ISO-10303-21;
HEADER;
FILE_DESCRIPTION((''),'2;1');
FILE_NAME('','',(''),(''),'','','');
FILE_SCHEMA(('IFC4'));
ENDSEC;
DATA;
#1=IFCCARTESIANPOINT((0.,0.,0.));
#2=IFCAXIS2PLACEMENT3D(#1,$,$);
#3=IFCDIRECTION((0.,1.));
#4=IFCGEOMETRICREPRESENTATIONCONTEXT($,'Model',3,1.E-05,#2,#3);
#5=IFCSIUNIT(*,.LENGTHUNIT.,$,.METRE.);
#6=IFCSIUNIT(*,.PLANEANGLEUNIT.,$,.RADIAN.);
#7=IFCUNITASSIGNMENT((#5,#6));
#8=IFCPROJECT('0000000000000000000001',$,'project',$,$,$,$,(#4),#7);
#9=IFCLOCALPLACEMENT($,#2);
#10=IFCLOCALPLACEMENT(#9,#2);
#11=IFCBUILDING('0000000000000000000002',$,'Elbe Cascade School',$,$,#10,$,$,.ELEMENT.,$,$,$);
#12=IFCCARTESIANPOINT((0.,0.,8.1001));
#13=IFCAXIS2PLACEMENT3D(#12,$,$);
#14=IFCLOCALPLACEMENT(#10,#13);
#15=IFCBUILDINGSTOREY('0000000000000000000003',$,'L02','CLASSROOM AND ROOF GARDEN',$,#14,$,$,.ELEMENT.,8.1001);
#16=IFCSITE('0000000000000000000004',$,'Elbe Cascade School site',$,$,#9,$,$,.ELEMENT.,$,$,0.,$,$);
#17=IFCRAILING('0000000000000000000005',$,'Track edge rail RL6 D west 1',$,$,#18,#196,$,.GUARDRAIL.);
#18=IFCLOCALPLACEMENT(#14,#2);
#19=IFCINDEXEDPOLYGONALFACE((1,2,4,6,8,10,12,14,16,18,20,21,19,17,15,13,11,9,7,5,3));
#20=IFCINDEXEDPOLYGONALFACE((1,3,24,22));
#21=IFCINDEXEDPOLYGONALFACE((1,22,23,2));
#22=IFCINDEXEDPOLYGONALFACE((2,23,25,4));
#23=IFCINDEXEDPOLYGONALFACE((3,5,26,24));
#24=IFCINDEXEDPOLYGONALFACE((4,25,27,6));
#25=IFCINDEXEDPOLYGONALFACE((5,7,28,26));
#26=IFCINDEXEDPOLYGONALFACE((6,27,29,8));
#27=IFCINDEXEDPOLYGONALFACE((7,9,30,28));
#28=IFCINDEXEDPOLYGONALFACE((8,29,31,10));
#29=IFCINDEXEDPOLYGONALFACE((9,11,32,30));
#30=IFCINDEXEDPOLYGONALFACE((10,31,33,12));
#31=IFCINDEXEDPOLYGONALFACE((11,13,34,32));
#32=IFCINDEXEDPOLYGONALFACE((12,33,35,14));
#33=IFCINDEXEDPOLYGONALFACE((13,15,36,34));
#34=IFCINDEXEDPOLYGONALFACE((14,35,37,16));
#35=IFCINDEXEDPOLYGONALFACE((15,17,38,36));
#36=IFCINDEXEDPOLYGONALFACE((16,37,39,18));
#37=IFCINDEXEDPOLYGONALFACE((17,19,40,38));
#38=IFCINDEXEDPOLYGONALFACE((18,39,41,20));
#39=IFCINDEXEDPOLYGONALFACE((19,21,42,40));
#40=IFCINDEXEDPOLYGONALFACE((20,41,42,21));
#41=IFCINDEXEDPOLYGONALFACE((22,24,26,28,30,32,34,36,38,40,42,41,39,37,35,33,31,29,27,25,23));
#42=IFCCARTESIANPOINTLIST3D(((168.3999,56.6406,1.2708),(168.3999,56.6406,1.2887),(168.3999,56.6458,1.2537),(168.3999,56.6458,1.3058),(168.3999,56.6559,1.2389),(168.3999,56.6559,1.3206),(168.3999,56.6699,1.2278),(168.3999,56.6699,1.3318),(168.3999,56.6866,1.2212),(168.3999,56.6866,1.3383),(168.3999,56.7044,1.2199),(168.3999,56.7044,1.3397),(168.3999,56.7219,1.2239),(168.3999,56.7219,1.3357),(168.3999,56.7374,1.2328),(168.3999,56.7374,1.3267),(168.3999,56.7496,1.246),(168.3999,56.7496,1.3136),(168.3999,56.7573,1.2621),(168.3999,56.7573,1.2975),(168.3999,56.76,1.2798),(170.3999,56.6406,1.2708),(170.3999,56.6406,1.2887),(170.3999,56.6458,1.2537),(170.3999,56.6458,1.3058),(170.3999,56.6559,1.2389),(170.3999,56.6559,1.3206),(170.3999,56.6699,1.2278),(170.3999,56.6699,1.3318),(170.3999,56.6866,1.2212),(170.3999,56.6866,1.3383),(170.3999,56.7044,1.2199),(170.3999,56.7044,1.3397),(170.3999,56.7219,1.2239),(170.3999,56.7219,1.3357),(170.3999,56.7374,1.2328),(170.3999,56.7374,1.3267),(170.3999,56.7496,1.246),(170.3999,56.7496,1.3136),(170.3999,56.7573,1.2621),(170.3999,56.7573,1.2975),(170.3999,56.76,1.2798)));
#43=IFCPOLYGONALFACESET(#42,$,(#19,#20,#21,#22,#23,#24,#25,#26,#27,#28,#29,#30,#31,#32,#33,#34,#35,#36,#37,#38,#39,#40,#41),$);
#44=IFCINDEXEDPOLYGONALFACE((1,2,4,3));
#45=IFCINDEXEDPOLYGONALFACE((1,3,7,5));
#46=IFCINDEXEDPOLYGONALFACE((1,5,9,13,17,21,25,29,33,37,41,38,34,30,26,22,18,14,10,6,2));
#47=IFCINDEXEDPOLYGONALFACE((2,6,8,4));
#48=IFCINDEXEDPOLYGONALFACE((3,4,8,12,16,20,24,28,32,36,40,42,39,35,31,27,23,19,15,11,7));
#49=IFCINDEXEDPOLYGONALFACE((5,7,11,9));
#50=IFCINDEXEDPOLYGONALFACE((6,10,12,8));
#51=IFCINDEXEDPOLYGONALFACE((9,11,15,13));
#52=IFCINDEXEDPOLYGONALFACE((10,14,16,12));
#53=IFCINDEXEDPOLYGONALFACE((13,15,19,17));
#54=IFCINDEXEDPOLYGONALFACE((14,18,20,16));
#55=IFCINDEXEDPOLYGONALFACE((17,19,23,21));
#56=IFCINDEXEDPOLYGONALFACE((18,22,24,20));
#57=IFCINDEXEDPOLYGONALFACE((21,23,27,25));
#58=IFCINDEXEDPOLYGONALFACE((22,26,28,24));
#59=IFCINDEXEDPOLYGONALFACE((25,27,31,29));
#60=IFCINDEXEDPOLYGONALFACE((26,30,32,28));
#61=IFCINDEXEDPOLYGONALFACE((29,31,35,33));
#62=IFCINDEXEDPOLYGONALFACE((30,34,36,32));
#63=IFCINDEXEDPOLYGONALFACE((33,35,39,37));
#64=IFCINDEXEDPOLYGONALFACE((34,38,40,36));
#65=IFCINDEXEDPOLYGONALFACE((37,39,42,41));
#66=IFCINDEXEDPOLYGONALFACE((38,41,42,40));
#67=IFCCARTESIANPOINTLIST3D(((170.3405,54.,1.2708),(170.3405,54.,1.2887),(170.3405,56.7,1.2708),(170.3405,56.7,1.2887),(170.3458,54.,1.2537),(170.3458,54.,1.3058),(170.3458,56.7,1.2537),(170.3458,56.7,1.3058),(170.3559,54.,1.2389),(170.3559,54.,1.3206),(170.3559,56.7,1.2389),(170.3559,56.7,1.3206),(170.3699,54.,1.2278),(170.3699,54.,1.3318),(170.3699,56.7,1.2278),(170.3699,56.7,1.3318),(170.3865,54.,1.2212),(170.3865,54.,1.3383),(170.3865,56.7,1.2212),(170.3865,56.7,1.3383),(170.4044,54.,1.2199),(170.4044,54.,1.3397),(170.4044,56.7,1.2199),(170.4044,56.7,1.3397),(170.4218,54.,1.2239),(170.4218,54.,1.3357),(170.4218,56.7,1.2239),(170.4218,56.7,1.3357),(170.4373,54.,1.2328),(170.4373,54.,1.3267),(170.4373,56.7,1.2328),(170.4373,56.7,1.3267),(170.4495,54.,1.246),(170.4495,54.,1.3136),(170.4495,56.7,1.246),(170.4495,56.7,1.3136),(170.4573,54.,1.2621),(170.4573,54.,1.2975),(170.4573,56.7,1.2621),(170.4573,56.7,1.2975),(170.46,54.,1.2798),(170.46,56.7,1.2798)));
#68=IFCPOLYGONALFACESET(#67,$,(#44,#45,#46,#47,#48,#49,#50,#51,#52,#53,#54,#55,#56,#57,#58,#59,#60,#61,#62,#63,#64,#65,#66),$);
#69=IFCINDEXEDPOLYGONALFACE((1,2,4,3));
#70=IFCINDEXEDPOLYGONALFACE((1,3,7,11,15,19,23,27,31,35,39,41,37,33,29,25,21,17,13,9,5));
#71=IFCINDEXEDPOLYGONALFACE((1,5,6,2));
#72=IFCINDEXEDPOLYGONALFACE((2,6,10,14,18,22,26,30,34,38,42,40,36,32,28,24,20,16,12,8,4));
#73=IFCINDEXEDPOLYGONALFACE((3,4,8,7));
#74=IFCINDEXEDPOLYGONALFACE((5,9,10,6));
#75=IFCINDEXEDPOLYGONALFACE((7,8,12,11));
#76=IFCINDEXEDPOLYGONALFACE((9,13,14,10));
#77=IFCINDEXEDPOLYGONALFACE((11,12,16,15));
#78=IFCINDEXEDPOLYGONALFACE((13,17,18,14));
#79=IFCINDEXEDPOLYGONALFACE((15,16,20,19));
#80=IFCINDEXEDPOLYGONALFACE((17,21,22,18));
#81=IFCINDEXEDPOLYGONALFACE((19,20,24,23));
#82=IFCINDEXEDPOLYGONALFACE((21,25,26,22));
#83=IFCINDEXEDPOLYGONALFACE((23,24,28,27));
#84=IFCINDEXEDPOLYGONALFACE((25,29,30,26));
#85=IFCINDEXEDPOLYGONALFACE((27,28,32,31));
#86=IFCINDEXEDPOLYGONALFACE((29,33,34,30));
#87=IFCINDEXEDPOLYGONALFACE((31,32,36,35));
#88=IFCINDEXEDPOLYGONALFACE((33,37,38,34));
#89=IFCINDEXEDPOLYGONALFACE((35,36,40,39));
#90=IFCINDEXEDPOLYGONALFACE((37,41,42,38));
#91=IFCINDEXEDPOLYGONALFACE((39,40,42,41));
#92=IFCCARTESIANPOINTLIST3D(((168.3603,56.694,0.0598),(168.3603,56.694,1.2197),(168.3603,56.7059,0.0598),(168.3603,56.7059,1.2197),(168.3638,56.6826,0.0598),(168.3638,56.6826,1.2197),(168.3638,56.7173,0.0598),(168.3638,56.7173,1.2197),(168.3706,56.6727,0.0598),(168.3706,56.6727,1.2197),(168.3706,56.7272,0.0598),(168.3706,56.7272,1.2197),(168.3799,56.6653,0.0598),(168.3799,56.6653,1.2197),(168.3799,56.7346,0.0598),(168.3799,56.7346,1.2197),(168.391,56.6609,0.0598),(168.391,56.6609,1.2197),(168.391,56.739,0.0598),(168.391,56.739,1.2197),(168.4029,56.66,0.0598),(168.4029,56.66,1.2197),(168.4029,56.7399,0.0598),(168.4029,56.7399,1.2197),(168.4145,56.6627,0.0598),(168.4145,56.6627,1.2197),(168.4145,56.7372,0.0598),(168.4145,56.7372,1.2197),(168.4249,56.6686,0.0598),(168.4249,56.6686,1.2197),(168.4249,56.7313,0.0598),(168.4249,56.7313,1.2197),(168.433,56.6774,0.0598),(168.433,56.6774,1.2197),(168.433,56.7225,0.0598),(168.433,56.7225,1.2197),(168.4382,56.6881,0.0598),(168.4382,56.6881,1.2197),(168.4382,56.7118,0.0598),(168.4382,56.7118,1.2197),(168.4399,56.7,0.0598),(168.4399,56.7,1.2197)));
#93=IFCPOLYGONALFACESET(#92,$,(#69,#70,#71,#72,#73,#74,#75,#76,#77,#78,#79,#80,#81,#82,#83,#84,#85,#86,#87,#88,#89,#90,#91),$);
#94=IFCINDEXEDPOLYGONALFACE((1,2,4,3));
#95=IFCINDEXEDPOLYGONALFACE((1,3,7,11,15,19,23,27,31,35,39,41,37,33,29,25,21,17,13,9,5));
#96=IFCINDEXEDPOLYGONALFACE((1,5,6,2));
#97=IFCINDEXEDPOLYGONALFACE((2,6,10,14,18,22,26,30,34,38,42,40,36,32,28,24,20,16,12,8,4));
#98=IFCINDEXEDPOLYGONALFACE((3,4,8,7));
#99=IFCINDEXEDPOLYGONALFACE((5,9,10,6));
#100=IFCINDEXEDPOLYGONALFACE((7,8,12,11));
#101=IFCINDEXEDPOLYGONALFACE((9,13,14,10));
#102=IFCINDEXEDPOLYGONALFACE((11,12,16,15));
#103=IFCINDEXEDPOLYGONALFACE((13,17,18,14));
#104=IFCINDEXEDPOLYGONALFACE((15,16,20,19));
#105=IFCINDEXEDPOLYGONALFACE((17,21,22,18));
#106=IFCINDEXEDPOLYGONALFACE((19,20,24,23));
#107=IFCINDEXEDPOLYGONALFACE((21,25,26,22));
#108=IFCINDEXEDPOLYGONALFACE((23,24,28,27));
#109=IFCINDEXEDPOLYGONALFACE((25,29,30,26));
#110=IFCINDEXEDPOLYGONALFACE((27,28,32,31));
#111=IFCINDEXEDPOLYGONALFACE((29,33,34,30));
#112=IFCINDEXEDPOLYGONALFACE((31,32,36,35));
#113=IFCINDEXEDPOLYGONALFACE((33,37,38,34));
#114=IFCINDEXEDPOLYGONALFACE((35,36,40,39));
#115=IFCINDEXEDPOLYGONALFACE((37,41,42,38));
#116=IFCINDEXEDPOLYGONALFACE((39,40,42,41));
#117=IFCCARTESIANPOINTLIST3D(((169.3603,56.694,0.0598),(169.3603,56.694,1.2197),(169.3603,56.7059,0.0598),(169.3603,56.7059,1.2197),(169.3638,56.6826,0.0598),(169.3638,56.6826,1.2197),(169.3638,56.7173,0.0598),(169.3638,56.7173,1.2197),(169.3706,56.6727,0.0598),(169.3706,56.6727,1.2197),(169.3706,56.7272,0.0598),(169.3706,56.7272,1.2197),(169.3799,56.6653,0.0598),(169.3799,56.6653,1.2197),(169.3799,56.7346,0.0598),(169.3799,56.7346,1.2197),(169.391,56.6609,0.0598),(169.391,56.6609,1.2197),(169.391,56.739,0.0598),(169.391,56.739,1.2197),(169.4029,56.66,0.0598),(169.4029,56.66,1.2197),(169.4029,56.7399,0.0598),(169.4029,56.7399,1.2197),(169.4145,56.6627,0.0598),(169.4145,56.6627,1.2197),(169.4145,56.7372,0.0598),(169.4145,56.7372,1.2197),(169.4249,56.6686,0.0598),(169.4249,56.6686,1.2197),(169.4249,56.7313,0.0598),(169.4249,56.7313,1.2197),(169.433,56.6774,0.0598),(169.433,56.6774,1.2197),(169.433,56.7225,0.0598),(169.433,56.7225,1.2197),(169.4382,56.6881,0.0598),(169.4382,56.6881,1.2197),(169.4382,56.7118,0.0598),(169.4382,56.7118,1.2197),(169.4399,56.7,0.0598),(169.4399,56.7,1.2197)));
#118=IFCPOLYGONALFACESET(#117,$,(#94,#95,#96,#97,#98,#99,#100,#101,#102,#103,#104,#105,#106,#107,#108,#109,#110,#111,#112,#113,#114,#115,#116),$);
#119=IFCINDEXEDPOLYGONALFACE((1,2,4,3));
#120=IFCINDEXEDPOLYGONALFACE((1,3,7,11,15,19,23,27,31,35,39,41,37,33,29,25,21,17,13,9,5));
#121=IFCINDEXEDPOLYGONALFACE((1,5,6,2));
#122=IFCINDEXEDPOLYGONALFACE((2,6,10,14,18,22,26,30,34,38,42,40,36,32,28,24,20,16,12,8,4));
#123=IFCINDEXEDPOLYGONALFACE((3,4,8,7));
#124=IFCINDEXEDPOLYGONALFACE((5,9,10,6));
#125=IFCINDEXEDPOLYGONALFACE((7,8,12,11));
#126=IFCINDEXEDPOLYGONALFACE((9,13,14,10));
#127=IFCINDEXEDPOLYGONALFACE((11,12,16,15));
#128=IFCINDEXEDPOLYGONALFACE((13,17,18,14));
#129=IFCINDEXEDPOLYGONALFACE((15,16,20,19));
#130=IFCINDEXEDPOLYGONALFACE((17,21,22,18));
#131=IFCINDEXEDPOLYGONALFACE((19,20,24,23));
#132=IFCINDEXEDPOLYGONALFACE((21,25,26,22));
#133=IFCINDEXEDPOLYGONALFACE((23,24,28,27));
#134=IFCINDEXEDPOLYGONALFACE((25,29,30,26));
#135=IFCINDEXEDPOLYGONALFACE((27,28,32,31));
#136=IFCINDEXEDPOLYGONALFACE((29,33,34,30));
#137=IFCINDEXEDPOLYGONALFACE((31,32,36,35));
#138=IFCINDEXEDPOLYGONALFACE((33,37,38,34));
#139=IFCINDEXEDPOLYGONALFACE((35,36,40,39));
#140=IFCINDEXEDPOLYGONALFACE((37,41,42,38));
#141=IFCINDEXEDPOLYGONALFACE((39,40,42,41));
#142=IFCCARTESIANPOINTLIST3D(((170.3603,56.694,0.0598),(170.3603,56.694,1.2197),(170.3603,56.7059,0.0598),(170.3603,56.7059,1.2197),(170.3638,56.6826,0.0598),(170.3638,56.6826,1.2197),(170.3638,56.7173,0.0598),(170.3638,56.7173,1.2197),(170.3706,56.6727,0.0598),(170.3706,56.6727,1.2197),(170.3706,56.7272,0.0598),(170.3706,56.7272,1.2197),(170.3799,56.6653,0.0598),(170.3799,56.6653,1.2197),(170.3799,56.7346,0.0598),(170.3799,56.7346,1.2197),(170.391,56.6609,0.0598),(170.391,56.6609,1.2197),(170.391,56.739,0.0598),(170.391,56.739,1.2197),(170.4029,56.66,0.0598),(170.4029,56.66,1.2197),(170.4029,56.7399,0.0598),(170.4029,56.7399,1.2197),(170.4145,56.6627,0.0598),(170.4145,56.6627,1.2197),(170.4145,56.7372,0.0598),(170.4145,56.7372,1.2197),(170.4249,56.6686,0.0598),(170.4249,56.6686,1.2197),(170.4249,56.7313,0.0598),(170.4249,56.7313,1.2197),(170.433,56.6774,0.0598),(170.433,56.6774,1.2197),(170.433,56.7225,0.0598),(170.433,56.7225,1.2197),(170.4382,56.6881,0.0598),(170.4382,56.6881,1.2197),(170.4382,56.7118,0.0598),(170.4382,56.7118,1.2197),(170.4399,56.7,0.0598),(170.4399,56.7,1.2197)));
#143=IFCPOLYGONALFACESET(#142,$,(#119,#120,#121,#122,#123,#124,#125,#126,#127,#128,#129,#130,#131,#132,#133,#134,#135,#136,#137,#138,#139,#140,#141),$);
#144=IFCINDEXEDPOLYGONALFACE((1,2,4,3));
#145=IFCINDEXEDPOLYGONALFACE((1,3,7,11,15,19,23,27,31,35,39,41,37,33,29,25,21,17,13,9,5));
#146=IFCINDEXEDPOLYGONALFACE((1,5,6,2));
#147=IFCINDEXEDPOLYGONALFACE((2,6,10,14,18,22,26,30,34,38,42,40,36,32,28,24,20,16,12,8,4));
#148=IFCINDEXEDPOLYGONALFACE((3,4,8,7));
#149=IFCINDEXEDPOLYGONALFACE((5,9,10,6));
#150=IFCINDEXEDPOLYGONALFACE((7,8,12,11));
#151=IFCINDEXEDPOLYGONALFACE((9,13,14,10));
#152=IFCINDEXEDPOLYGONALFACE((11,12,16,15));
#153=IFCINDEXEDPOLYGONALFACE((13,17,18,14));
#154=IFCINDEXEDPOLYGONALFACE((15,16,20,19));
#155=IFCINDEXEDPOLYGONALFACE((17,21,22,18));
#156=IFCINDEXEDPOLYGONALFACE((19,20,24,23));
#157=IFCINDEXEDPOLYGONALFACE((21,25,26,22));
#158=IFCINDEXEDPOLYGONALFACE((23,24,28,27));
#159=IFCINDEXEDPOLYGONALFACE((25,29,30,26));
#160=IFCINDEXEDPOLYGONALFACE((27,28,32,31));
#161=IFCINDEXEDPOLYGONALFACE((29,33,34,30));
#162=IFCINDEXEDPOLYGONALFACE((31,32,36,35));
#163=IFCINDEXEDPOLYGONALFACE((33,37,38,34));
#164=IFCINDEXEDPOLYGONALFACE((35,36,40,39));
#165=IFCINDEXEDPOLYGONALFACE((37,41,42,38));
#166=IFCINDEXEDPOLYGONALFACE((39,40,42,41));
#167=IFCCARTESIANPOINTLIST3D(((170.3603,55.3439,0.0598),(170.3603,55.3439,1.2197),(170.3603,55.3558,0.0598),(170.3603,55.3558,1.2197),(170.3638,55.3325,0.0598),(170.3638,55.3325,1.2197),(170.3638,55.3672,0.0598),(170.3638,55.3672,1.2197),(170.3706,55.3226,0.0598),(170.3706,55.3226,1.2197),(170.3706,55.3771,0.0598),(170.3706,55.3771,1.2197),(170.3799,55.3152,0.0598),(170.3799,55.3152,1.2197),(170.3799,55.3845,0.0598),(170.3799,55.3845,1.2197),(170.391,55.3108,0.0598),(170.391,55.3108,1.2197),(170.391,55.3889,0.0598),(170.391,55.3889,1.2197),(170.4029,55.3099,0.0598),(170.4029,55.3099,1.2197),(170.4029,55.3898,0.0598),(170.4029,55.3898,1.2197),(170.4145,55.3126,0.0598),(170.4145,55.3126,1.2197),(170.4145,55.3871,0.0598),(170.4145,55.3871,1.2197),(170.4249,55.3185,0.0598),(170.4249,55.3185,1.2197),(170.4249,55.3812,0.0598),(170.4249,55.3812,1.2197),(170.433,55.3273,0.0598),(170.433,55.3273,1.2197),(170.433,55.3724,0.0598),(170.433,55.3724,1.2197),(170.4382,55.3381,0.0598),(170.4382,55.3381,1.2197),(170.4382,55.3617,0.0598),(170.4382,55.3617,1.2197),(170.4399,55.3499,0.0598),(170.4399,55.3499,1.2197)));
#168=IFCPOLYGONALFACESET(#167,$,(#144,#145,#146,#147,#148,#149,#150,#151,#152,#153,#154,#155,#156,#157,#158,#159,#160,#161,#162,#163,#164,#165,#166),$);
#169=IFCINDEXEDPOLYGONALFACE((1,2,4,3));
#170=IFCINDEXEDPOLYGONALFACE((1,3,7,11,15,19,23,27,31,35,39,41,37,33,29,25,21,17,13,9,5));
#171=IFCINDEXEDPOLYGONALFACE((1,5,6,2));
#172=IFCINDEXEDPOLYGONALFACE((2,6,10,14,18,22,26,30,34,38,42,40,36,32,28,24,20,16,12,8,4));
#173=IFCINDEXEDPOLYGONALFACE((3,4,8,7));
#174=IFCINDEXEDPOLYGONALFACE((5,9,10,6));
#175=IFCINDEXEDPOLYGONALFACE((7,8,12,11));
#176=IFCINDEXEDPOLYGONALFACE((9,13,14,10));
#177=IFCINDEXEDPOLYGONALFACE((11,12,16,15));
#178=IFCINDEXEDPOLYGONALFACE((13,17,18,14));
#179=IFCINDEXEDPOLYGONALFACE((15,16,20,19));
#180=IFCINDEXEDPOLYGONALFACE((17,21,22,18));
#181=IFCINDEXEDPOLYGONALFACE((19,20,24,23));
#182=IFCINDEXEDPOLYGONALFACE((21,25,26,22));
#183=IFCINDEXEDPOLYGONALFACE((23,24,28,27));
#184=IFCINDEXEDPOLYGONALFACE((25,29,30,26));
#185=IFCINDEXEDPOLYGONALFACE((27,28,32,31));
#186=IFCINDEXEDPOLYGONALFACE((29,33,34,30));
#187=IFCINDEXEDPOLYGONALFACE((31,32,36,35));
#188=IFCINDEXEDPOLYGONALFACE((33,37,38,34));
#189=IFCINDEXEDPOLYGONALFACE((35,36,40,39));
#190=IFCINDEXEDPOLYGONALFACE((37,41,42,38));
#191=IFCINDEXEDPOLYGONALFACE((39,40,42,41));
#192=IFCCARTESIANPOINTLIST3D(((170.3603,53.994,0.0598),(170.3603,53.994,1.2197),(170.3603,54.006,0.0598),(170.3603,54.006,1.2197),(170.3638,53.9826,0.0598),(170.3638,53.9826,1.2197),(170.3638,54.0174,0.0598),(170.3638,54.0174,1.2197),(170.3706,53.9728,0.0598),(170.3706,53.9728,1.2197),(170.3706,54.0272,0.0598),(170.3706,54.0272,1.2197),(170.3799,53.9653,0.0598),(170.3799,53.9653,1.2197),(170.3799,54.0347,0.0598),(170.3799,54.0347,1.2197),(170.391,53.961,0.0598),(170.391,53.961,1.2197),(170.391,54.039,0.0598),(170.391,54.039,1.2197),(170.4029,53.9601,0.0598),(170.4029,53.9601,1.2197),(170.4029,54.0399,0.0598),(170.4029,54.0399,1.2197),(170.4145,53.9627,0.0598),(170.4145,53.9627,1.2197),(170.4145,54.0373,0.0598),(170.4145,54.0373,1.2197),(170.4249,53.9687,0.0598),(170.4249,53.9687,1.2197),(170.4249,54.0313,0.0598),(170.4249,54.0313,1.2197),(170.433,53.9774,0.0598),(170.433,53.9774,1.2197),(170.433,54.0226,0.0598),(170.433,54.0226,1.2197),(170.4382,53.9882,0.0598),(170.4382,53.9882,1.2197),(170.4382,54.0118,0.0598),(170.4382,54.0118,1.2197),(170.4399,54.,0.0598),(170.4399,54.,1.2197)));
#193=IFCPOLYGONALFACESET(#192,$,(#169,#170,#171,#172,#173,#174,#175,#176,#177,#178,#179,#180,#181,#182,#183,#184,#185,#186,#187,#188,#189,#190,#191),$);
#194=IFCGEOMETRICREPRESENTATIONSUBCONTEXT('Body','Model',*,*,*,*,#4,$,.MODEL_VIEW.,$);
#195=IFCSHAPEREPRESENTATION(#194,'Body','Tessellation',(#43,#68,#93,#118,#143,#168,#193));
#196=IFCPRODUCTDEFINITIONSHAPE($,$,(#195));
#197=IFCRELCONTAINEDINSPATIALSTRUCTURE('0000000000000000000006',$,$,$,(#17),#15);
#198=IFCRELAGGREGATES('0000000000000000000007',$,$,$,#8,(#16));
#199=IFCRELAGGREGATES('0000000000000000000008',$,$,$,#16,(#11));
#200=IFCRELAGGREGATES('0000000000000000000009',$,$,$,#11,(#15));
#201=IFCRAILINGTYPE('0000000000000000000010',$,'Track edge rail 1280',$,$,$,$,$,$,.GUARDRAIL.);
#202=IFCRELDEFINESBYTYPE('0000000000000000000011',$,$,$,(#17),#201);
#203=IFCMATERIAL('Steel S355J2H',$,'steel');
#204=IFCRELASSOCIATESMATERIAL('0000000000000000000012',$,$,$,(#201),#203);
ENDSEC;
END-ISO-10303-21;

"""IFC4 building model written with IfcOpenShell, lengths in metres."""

from ifc_helpers import new_model, si_unit, direction, frame, origin, origin_2d, place, context, subcontext, project, spatial, circle, extrude, material, type_object, element, save


model = new_model("IFC4")

# Units and contexts
model_context = context("Model", 3, precision=1e-05, world=origin(), true_north=direction((0.0, 1.0)))
body_context = subcontext(model_context, "Body", "Model", "MODEL_VIEW")
ifc_project = project(units=[si_unit("LENGTHUNIT", "METRE"), si_unit("PLANEANGLEUNIT", "RADIAN")], contexts=[model_context])

# Site, building, storey
site_placement = place(None, origin())
site = spatial("IfcSite", under=ifc_project, at=site_placement, Name="Elbe Cascade School site", CompositionType="ELEMENT", RefElevation=0.0)
building_placement = place(site_placement, origin())
building = spatial("IfcBuilding", under=site, at=building_placement, Name="Elbe Cascade School", CompositionType="ELEMENT")
storey_placement = place(building_placement, frame((0.0, 0.0, 8.1001)))
storey = spatial("IfcBuildingStorey", under=building, at=storey_placement, Name="L02", Description="CLASSROOM AND ROOF GARDEN", CompositionType="ELEMENT", Elevation=8.1001)

# Railing
ifc_material_1 = material(Name="Steel S355J2H", Category="steel")
railing_type_1 = type_object("IfcRailingType", Name="Track edge rail 1280", PredefinedType="GUARDRAIL", material=ifc_material_1)
railing_1_placement = place(storey_placement, frame((168.3999, 56.7, 0.0598)))
element("IfcRailing", 1, at=railing_1_placement, inside=storey, type_object=railing_type_1, Name="Track edge rail RL6 D west 1", PredefinedType="GUARDRAIL", context=body_context, shape_type="SweptSolid", body=[
    extrude(circle(Radius=0.0601, at=origin_2d()), frame((0.0, 0.0, 1.22), z_axis=(1.0, 0.0, 0.0), x_axis=(0.0, 1.0, 0.0)), (0.0, 0.0, 1.0), 2.0),
    extrude(circle(Radius=0.0601, at=origin_2d()), frame((2.0, 0.0, 1.22), z_axis=(0.0, -1.0, 0.0), x_axis=(1.0, 0.0, 0.0)), (0.0, 0.0, 1.0), 2.7),
    extrude(circle(Radius=0.04, at=origin_2d()), origin(), (0.0, 0.0, 1.0), 1.1599),
    extrude(circle(Radius=0.04, at=origin_2d()), frame((1.0, 0.0, 0.0)), (0.0, 0.0, 1.0), 1.1599),
    extrude(circle(Radius=0.04, at=origin_2d()), frame((2.0, 0.0, 0.0)), (0.0, 0.0, 1.0), 1.1599),
    extrude(circle(Radius=0.04, at=origin_2d()), frame((2.0, -1.3501, 0.0)), (0.0, 0.0, 1.0), 1.1599),
    extrude(circle(Radius=0.04, at=origin_2d()), frame((2.0, -2.7, 0.0)), (0.0, 0.0, 1.0), 1.1599),
])

save(model, "model.ifc")
